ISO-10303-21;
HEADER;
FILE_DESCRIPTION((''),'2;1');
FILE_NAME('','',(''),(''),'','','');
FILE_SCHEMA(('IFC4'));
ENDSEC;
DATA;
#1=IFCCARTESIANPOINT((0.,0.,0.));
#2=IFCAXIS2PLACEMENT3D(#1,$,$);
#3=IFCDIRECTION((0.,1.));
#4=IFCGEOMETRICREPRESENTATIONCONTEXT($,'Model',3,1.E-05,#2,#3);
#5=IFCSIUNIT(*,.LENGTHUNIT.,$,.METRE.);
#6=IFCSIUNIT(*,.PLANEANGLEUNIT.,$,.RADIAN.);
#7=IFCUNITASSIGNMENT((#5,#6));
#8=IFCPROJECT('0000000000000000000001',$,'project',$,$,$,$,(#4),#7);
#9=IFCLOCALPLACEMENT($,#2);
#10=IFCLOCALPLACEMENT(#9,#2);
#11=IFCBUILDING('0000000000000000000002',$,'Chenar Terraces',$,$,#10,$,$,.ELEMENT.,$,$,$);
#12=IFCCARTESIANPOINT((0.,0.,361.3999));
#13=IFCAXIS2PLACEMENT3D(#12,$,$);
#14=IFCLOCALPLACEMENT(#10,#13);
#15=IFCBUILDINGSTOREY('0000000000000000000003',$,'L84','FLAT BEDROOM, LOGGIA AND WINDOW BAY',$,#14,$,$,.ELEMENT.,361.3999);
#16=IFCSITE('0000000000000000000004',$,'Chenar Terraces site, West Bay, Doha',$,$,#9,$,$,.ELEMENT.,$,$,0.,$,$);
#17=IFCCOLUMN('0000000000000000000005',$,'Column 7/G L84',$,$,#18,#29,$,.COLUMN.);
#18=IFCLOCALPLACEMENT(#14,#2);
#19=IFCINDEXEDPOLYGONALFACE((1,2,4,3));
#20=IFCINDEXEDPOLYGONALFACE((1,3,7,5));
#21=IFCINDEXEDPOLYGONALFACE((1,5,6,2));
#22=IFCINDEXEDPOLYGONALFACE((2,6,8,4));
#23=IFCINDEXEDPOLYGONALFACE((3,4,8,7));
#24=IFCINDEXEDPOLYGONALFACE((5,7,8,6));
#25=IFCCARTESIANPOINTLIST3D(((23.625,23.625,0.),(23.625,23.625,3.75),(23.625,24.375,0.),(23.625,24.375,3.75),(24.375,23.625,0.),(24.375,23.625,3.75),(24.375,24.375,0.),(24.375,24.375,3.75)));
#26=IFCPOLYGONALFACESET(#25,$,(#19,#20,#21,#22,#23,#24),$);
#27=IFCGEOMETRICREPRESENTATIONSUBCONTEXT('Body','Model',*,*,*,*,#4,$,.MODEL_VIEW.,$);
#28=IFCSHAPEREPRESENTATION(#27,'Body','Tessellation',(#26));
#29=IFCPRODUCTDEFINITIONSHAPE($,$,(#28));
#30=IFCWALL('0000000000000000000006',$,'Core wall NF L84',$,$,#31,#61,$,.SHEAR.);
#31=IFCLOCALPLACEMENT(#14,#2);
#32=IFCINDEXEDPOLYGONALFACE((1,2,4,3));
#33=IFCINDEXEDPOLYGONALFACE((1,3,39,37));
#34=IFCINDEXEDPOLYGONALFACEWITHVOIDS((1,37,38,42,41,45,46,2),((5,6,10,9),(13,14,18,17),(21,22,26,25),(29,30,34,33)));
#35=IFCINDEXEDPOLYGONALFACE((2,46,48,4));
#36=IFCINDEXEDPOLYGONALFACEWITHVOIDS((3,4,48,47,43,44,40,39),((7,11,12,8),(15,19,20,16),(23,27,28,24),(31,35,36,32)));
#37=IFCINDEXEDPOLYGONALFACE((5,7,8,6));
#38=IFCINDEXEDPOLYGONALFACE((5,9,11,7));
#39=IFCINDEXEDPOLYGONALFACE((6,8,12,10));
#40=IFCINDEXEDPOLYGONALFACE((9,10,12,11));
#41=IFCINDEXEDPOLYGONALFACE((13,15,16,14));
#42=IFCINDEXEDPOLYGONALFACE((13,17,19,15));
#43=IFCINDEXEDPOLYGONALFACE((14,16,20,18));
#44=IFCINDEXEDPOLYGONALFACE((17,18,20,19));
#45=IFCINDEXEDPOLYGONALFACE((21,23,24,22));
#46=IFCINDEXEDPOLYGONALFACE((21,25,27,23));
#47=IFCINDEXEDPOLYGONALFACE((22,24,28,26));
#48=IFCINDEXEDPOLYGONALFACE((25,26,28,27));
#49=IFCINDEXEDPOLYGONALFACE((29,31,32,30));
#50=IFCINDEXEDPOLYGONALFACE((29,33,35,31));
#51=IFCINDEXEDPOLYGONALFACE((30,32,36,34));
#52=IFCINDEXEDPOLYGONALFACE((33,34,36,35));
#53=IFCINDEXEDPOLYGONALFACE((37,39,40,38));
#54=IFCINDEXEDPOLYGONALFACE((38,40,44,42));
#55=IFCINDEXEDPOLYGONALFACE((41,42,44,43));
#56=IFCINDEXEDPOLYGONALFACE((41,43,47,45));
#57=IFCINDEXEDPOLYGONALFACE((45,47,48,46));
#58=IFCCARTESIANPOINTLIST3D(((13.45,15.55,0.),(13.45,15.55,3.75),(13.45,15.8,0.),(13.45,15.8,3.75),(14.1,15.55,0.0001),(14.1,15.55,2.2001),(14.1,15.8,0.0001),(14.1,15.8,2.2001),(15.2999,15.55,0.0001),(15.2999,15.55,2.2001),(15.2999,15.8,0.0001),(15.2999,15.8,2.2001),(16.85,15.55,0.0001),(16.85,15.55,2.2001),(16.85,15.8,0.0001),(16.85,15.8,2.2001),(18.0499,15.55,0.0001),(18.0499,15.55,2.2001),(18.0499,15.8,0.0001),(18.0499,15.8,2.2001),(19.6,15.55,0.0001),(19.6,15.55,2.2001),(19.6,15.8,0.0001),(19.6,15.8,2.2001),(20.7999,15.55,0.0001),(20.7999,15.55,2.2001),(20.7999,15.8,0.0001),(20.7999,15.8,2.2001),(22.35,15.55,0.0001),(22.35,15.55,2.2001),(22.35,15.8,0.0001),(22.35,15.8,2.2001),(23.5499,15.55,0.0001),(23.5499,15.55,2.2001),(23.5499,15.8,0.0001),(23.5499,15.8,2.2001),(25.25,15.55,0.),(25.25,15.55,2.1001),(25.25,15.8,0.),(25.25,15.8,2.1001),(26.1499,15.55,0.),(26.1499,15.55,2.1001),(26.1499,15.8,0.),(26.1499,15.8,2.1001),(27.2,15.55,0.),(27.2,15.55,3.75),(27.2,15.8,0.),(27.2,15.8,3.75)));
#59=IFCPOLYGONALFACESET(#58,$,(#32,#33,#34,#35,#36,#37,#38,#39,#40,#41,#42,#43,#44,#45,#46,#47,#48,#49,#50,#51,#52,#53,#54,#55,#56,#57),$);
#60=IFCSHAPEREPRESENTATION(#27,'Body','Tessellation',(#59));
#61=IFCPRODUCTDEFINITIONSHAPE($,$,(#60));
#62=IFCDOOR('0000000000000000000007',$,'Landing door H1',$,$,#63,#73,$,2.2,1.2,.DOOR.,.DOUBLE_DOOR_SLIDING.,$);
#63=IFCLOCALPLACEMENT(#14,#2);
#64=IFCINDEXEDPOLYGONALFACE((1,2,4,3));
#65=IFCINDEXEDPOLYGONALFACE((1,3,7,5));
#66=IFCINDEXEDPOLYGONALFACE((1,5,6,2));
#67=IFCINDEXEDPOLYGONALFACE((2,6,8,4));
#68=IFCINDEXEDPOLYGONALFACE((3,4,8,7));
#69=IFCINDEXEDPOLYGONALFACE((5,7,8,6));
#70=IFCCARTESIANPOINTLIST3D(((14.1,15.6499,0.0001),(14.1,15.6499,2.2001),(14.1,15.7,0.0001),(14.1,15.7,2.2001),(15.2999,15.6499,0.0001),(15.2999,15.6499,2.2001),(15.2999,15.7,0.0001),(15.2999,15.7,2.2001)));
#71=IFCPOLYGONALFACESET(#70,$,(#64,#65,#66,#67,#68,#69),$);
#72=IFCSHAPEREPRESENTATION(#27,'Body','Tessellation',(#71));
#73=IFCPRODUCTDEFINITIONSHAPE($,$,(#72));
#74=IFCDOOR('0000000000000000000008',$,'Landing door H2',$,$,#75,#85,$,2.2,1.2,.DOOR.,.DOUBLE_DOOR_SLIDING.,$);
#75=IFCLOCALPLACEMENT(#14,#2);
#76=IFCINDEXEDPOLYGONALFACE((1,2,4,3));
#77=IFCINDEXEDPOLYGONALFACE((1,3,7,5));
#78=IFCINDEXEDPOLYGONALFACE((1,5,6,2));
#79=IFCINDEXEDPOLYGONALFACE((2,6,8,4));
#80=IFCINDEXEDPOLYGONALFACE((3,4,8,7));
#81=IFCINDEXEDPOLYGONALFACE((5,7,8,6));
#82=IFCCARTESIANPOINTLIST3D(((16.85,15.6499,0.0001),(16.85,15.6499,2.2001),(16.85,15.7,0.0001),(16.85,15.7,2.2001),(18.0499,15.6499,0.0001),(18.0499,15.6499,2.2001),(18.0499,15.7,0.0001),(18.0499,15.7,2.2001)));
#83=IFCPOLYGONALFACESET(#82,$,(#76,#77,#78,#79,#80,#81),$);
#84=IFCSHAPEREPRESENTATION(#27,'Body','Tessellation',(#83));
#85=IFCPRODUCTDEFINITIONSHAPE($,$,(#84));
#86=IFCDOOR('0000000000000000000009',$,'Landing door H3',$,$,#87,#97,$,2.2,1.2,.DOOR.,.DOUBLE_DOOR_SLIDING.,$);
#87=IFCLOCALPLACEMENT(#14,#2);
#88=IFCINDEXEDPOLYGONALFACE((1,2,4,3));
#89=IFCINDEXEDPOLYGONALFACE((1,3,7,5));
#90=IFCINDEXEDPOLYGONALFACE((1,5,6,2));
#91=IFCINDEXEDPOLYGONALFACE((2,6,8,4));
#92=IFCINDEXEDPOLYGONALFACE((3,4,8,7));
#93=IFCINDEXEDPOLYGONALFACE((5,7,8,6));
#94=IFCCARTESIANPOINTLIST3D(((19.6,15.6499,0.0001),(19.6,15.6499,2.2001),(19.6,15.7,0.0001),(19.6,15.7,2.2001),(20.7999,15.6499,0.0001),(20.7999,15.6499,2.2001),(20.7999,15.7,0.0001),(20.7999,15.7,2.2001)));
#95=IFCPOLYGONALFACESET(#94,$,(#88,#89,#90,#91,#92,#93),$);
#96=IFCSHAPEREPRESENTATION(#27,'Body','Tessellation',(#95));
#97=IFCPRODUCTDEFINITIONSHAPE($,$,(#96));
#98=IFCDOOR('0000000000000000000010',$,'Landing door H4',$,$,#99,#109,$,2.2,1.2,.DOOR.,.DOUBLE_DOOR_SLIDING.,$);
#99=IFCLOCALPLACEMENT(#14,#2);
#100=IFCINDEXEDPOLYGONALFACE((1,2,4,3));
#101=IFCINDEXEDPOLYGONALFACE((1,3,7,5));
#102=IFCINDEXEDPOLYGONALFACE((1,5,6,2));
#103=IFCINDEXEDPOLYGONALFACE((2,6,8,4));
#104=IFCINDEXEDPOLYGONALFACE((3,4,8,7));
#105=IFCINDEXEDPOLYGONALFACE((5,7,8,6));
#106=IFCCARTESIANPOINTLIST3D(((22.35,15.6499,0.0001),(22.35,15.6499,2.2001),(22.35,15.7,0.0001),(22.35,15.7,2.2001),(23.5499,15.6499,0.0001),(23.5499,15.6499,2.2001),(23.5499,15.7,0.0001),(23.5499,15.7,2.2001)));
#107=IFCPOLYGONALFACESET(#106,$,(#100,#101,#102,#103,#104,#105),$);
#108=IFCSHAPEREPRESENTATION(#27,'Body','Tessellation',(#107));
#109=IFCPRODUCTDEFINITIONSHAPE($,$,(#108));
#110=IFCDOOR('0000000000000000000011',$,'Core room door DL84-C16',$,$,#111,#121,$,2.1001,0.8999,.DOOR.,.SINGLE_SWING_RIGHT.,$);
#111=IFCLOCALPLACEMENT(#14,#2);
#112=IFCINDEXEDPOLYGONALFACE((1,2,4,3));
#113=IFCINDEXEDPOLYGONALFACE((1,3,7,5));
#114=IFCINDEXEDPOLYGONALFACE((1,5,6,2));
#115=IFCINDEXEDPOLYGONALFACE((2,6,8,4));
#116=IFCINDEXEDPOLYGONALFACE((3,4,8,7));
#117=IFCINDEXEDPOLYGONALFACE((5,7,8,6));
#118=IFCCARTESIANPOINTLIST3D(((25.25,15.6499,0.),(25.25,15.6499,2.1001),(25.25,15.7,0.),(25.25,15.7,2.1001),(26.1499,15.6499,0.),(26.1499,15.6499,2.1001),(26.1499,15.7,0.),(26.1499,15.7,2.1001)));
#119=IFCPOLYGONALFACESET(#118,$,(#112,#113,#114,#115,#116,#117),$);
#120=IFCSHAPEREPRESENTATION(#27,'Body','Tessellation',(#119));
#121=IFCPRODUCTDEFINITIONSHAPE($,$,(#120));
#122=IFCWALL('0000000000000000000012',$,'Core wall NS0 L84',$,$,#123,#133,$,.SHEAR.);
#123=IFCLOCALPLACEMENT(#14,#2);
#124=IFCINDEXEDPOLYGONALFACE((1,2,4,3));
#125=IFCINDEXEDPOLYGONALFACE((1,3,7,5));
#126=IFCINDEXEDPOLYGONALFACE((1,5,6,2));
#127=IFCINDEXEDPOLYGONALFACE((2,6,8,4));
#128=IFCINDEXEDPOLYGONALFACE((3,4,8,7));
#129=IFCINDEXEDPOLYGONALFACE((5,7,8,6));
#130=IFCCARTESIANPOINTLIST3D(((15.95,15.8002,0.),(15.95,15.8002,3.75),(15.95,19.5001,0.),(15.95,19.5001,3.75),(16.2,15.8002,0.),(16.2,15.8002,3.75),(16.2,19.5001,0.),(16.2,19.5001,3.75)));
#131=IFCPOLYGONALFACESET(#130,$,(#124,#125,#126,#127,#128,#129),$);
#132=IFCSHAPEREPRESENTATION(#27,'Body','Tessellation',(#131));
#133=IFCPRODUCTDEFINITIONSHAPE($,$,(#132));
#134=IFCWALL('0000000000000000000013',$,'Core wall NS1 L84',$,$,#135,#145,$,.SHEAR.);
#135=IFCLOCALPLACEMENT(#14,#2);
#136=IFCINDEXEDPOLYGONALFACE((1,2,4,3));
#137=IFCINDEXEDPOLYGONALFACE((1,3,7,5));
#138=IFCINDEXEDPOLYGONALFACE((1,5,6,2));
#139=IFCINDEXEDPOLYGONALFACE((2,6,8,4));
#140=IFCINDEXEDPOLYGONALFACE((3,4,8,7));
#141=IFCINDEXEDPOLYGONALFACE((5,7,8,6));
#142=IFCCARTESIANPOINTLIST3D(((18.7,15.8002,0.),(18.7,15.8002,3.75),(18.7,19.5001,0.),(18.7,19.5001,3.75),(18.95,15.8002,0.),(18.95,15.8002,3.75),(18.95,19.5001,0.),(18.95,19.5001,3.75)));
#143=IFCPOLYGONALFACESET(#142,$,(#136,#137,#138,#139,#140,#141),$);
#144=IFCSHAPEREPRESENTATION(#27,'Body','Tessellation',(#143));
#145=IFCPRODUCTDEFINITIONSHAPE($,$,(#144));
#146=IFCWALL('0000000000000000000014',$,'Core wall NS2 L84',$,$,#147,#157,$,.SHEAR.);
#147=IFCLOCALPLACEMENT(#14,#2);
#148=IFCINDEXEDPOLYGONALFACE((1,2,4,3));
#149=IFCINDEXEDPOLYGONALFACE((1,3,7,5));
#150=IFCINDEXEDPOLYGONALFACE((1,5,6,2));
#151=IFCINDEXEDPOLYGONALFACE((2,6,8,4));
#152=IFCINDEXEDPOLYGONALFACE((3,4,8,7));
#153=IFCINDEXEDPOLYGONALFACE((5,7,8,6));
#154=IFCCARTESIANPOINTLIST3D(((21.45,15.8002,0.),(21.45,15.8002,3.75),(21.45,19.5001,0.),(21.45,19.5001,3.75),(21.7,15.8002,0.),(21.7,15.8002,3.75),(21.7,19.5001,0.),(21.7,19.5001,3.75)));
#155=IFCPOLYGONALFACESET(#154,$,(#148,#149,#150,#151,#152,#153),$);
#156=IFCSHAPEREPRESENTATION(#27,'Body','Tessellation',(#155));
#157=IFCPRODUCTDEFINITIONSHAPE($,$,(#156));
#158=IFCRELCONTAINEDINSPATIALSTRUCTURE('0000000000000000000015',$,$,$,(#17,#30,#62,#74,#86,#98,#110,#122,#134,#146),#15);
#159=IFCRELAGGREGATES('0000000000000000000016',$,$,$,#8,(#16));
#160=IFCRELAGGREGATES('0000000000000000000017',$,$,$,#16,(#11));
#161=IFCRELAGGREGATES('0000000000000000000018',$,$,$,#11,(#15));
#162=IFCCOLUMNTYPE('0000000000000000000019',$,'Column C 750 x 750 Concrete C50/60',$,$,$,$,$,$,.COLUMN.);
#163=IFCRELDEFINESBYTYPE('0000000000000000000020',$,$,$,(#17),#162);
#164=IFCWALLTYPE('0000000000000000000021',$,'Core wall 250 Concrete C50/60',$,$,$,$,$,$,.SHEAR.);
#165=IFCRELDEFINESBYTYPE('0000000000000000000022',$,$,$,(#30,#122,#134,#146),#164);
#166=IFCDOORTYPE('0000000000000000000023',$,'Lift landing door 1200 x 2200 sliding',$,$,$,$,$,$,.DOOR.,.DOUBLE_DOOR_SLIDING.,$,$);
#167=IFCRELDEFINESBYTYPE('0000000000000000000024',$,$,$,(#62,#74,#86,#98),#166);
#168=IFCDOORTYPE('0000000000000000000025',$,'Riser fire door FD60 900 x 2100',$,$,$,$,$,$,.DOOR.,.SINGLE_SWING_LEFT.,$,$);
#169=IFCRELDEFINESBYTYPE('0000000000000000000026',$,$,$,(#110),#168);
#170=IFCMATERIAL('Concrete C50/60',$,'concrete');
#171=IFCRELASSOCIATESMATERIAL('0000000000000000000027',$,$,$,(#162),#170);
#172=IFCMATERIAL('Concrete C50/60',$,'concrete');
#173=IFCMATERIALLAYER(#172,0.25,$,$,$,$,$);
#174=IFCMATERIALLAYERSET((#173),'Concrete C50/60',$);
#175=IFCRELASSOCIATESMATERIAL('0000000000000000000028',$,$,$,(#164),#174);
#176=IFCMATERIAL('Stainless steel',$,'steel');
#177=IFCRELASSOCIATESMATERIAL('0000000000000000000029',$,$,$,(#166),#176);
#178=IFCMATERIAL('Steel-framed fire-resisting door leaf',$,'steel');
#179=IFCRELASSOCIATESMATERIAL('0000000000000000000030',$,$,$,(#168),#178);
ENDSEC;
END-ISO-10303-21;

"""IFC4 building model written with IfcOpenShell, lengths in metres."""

from ifc_helpers import new_model, si_unit, direction, frame, frame_2d, origin, origin_2d, place, context, subcontext, project, spatial, rectangle, extrude, material, layer, layer_set, material_profile, profile_set, type_object, element, fill, save


model = new_model("IFC4")

# Units and contexts
model_context = context("Model", 3, precision=1e-05, world=origin(), true_north=direction((0.0, 1.0)))
body_context = subcontext(model_context, "Body", "Model", "MODEL_VIEW")
ifc_project = project(units=[si_unit("LENGTHUNIT", "METRE"), si_unit("PLANEANGLEUNIT", "RADIAN")], contexts=[model_context])

# Site, building, storey
site_placement = place(None, origin())
site = spatial("IfcSite", under=ifc_project, at=site_placement, Name="Chenar Terraces site, West Bay, Doha", CompositionType="ELEMENT", RefElevation=0.0)
building_placement = place(site_placement, origin())
building = spatial("IfcBuilding", under=site, at=building_placement, Name="Chenar Terraces", CompositionType="ELEMENT")
storey_placement = place(building_placement, frame((0.0, 0.0, 361.3999)))
storey = spatial("IfcBuildingStorey", under=building, at=storey_placement, Name="L84", Description="FLAT BEDROOM, LOGGIA AND WINDOW BAY", CompositionType="ELEMENT", Elevation=361.3999)

# Column
ifc_material_1 = material(Name="Concrete C50/60", Category="concrete")
ifc_material_profile = material_profile(ifc_material_1, rectangle(XDim=0.75, YDim=0.75, at=origin_2d()), Name="C 750 x 750")
ifc_profile_set = profile_set([ifc_material_profile], Name="Concrete C50/60")
column_type = type_object("IfcColumnType", Name="Column C 750 x 750 Concrete C50/60", PredefinedType="COLUMN", material=ifc_profile_set)
column_placement = place(storey_placement, frame((24.0, 24.0, 0.0), z_axis=(0.0, 0.0, 1.0), x_axis=(1.0, 0.0, 0.0)))
element("IfcColumn", 1, at=column_placement, inside=storey, type_object=column_type, Name="Column 7/G L84", PredefinedType="COLUMN", context=body_context, shape_type="SweptSolid", body=[
    extrude(rectangle(XDim=0.75, YDim=0.75, at=origin_2d()), origin(), (0.0, 0.0, 1.0), 3.75),
])

# Wall, openings, doors
ifc_material_2 = material(Name="Concrete C50/60", Category="concrete")
ifc_layer_1 = layer(ifc_material_2, 0.25)
ifc_layer_set_1 = layer_set([ifc_layer_1], Name="Concrete C50/60")
wall_type_1 = type_object("IfcWallType", Name="Core wall 250 Concrete C50/60", PredefinedType="SHEAR", material=ifc_layer_set_1)
wall_1_placement = place(storey_placement, frame((13.45, 15.675, 0.0), z_axis=(0.0, 0.0, 1.0), x_axis=(1.0, 0.0, 0.0)))
wall_1 = element("IfcWall", 2, at=wall_1_placement, inside=storey, type_object=wall_type_1, Name="Core wall NF L84", PredefinedType="SHEAR", context=body_context, shape_type="SweptSolid", body=[
    extrude(rectangle(XDim=13.75, YDim=0.25, at=frame_2d((6.875, 0.0))), origin(), (0.0, 0.0, 1.0), 3.75),
])
opening_1_placement = place(wall_1_placement, frame((0.6499, 0.0, 0.0)))
opening_1 = element("IfcOpeningElement", 3, at=opening_1_placement, cuts=wall_1, PredefinedType="OPENING", context=body_context, shape_type="SweptSolid", body=[
    extrude(rectangle(XDim=1.2, YDim=2.2, at=frame_2d((0.6001, 1.1001))), frame((0.0, 0.135, 0.0), z_axis=(0.0, -1.0, 0.0), x_axis=(1.0, 0.0, 0.0)), (0.0, 0.0, 1.0), 0.27),
])
opening_2_placement = place(wall_1_placement, frame((3.3999, 0.0, 0.0)))
opening_2 = element("IfcOpeningElement", 4, at=opening_2_placement, cuts=wall_1, PredefinedType="OPENING", context=body_context, shape_type="SweptSolid", body=[
    extrude(rectangle(XDim=1.2, YDim=2.2, at=frame_2d((0.6001, 1.1001))), frame((0.0, 0.135, 0.0), z_axis=(0.0, -1.0, 0.0), x_axis=(1.0, 0.0, 0.0)), (0.0, 0.0, 1.0), 0.27),
])
opening_3_placement = place(wall_1_placement, frame((6.1499, 0.0, 0.0)))
opening_3 = element("IfcOpeningElement", 5, at=opening_3_placement, cuts=wall_1, PredefinedType="OPENING", context=body_context, shape_type="SweptSolid", body=[
    extrude(rectangle(XDim=1.2, YDim=2.2, at=frame_2d((0.6001, 1.1001))), frame((0.0, 0.135, 0.0), z_axis=(0.0, -1.0, 0.0), x_axis=(1.0, 0.0, 0.0)), (0.0, 0.0, 1.0), 0.27),
])
opening_4_placement = place(wall_1_placement, frame((8.8999, 0.0, 0.0)))
opening_4 = element("IfcOpeningElement", 6, at=opening_4_placement, cuts=wall_1, PredefinedType="OPENING", context=body_context, shape_type="SweptSolid", body=[
    extrude(rectangle(XDim=1.2, YDim=2.2, at=frame_2d((0.6001, 1.1001))), frame((0.0, 0.135, 0.0), z_axis=(0.0, -1.0, 0.0), x_axis=(1.0, 0.0, 0.0)), (0.0, 0.0, 1.0), 0.27),
])
opening_5_placement = place(wall_1_placement, frame((11.8, 0.0, 0.0)))
opening_5 = element("IfcOpeningElement", 7, at=opening_5_placement, cuts=wall_1, PredefinedType="OPENING", context=body_context, shape_type="SweptSolid", body=[
    extrude(rectangle(XDim=0.8999, YDim=2.1001, at=frame_2d((0.45, 1.05))), frame((0.0, 0.135, 0.0), z_axis=(0.0, -1.0, 0.0), x_axis=(1.0, 0.0, 0.0)), (0.0, 0.0, 1.0), 0.27),
])
ifc_material_3 = material(Name="Stainless steel", Category="steel")
door_type_1 = type_object("IfcDoorType", Name="Lift landing door 1200 x 2200 sliding", OperationType="DOUBLE_DOOR_SLIDING", PredefinedType="DOOR", material=ifc_material_3)
door_1_placement = place(opening_1_placement, origin())
door_1 = element("IfcDoor", 8, at=door_1_placement, inside=storey, type_object=door_type_1, Name="Landing door H1", OperationType="DOUBLE_DOOR_SLIDING", OverallHeight=2.2, OverallWidth=1.2, PredefinedType="DOOR", context=body_context, shape_type="SweptSolid", body=[
    extrude(rectangle(XDim=1.2, YDim=2.2, at=frame_2d((0.6001, 1.1001))), frame((0.0, 0.0249, 0.0), z_axis=(0.0, -1.0, 0.0), x_axis=(1.0, 0.0, 0.0)), (0.0, 0.0, 1.0), 0.05),
])
fill(opening_1, door_1)
door_2_placement = place(opening_2_placement, origin())
door_2 = element("IfcDoor", 9, at=door_2_placement, inside=storey, type_object=door_type_1, Name="Landing door H2", OperationType="DOUBLE_DOOR_SLIDING", OverallHeight=2.2, OverallWidth=1.2, PredefinedType="DOOR", context=body_context, shape_type="SweptSolid", body=[
    extrude(rectangle(XDim=1.2, YDim=2.2, at=frame_2d((0.6001, 1.1001))), frame((0.0, 0.0249, 0.0), z_axis=(0.0, -1.0, 0.0), x_axis=(1.0, 0.0, 0.0)), (0.0, 0.0, 1.0), 0.05),
])
fill(opening_2, door_2)
door_3_placement = place(opening_3_placement, origin())
door_3 = element("IfcDoor", 10, at=door_3_placement, inside=storey, type_object=door_type_1, Name="Landing door H3", OperationType="DOUBLE_DOOR_SLIDING", OverallHeight=2.2, OverallWidth=1.2, PredefinedType="DOOR", context=body_context, shape_type="SweptSolid", body=[
    extrude(rectangle(XDim=1.2, YDim=2.2, at=frame_2d((0.6001, 1.1001))), frame((0.0, 0.0249, 0.0), z_axis=(0.0, -1.0, 0.0), x_axis=(1.0, 0.0, 0.0)), (0.0, 0.0, 1.0), 0.05),
])
fill(opening_3, door_3)
door_4_placement = place(opening_4_placement, origin())
door_4 = element("IfcDoor", 11, at=door_4_placement, inside=storey, type_object=door_type_1, Name="Landing door H4", OperationType="DOUBLE_DOOR_SLIDING", OverallHeight=2.2, OverallWidth=1.2, PredefinedType="DOOR", context=body_context, shape_type="SweptSolid", body=[
    extrude(rectangle(XDim=1.2, YDim=2.2, at=frame_2d((0.6001, 1.1001))), frame((0.0, 0.0249, 0.0), z_axis=(0.0, -1.0, 0.0), x_axis=(1.0, 0.0, 0.0)), (0.0, 0.0, 1.0), 0.05),
])
fill(opening_4, door_4)
ifc_material_4 = material(Name="Steel-framed fire-resisting door leaf", Category="steel")
door_type_2 = type_object("IfcDoorType", Name="Riser fire door FD60 900 x 2100", OperationType="SINGLE_SWING_LEFT", PredefinedType="DOOR", material=ifc_material_4)
door_5_placement = place(opening_5_placement, origin())
door_5 = element("IfcDoor", 12, at=door_5_placement, inside=storey, type_object=door_type_2, Name="Core room door DL84-C16", OperationType="SINGLE_SWING_RIGHT", OverallHeight=2.1001, OverallWidth=0.8999, PredefinedType="DOOR", context=body_context, shape_type="SweptSolid", body=[
    extrude(rectangle(XDim=0.8999, YDim=2.1001, at=frame_2d((0.45, 1.05))), frame((0.0, 0.0249, 0.0), z_axis=(0.0, -1.0, 0.0), x_axis=(1.0, 0.0, 0.0)), (0.0, 0.0, 1.0), 0.05),
])
fill(opening_5, door_5)

# Walls
for number, where, z_axis, x_axis, name in (
    (13, (16.075, 15.8, 0.0), (0.0, 0.0, 1.0), (0.0, 1.0, 0.0), "Core wall NS0 L84"),
    (14, (18.825, 15.8, 0.0), (0.0, 0.0, 1.0), (0.0, 1.0, 0.0), "Core wall NS1 L84"),
    (15, (21.575, 15.8, 0.0), (0.0, 0.0, 1.0), (0.0, 1.0, 0.0), "Core wall NS2 L84"),
):
    element("IfcWall", number, at=place(storey_placement, frame(where, z_axis=z_axis, x_axis=x_axis)), inside=storey, type_object=wall_type_1, Name=name, PredefinedType="SHEAR", context=body_context, shape_type="SweptSolid", body=[
        extrude(rectangle(XDim=3.7, YDim=0.25, at=frame_2d((1.8501, 0.0))), origin(), (0.0, 0.0, 1.0), 3.75),
    ])

save(model, "model.ifc")
